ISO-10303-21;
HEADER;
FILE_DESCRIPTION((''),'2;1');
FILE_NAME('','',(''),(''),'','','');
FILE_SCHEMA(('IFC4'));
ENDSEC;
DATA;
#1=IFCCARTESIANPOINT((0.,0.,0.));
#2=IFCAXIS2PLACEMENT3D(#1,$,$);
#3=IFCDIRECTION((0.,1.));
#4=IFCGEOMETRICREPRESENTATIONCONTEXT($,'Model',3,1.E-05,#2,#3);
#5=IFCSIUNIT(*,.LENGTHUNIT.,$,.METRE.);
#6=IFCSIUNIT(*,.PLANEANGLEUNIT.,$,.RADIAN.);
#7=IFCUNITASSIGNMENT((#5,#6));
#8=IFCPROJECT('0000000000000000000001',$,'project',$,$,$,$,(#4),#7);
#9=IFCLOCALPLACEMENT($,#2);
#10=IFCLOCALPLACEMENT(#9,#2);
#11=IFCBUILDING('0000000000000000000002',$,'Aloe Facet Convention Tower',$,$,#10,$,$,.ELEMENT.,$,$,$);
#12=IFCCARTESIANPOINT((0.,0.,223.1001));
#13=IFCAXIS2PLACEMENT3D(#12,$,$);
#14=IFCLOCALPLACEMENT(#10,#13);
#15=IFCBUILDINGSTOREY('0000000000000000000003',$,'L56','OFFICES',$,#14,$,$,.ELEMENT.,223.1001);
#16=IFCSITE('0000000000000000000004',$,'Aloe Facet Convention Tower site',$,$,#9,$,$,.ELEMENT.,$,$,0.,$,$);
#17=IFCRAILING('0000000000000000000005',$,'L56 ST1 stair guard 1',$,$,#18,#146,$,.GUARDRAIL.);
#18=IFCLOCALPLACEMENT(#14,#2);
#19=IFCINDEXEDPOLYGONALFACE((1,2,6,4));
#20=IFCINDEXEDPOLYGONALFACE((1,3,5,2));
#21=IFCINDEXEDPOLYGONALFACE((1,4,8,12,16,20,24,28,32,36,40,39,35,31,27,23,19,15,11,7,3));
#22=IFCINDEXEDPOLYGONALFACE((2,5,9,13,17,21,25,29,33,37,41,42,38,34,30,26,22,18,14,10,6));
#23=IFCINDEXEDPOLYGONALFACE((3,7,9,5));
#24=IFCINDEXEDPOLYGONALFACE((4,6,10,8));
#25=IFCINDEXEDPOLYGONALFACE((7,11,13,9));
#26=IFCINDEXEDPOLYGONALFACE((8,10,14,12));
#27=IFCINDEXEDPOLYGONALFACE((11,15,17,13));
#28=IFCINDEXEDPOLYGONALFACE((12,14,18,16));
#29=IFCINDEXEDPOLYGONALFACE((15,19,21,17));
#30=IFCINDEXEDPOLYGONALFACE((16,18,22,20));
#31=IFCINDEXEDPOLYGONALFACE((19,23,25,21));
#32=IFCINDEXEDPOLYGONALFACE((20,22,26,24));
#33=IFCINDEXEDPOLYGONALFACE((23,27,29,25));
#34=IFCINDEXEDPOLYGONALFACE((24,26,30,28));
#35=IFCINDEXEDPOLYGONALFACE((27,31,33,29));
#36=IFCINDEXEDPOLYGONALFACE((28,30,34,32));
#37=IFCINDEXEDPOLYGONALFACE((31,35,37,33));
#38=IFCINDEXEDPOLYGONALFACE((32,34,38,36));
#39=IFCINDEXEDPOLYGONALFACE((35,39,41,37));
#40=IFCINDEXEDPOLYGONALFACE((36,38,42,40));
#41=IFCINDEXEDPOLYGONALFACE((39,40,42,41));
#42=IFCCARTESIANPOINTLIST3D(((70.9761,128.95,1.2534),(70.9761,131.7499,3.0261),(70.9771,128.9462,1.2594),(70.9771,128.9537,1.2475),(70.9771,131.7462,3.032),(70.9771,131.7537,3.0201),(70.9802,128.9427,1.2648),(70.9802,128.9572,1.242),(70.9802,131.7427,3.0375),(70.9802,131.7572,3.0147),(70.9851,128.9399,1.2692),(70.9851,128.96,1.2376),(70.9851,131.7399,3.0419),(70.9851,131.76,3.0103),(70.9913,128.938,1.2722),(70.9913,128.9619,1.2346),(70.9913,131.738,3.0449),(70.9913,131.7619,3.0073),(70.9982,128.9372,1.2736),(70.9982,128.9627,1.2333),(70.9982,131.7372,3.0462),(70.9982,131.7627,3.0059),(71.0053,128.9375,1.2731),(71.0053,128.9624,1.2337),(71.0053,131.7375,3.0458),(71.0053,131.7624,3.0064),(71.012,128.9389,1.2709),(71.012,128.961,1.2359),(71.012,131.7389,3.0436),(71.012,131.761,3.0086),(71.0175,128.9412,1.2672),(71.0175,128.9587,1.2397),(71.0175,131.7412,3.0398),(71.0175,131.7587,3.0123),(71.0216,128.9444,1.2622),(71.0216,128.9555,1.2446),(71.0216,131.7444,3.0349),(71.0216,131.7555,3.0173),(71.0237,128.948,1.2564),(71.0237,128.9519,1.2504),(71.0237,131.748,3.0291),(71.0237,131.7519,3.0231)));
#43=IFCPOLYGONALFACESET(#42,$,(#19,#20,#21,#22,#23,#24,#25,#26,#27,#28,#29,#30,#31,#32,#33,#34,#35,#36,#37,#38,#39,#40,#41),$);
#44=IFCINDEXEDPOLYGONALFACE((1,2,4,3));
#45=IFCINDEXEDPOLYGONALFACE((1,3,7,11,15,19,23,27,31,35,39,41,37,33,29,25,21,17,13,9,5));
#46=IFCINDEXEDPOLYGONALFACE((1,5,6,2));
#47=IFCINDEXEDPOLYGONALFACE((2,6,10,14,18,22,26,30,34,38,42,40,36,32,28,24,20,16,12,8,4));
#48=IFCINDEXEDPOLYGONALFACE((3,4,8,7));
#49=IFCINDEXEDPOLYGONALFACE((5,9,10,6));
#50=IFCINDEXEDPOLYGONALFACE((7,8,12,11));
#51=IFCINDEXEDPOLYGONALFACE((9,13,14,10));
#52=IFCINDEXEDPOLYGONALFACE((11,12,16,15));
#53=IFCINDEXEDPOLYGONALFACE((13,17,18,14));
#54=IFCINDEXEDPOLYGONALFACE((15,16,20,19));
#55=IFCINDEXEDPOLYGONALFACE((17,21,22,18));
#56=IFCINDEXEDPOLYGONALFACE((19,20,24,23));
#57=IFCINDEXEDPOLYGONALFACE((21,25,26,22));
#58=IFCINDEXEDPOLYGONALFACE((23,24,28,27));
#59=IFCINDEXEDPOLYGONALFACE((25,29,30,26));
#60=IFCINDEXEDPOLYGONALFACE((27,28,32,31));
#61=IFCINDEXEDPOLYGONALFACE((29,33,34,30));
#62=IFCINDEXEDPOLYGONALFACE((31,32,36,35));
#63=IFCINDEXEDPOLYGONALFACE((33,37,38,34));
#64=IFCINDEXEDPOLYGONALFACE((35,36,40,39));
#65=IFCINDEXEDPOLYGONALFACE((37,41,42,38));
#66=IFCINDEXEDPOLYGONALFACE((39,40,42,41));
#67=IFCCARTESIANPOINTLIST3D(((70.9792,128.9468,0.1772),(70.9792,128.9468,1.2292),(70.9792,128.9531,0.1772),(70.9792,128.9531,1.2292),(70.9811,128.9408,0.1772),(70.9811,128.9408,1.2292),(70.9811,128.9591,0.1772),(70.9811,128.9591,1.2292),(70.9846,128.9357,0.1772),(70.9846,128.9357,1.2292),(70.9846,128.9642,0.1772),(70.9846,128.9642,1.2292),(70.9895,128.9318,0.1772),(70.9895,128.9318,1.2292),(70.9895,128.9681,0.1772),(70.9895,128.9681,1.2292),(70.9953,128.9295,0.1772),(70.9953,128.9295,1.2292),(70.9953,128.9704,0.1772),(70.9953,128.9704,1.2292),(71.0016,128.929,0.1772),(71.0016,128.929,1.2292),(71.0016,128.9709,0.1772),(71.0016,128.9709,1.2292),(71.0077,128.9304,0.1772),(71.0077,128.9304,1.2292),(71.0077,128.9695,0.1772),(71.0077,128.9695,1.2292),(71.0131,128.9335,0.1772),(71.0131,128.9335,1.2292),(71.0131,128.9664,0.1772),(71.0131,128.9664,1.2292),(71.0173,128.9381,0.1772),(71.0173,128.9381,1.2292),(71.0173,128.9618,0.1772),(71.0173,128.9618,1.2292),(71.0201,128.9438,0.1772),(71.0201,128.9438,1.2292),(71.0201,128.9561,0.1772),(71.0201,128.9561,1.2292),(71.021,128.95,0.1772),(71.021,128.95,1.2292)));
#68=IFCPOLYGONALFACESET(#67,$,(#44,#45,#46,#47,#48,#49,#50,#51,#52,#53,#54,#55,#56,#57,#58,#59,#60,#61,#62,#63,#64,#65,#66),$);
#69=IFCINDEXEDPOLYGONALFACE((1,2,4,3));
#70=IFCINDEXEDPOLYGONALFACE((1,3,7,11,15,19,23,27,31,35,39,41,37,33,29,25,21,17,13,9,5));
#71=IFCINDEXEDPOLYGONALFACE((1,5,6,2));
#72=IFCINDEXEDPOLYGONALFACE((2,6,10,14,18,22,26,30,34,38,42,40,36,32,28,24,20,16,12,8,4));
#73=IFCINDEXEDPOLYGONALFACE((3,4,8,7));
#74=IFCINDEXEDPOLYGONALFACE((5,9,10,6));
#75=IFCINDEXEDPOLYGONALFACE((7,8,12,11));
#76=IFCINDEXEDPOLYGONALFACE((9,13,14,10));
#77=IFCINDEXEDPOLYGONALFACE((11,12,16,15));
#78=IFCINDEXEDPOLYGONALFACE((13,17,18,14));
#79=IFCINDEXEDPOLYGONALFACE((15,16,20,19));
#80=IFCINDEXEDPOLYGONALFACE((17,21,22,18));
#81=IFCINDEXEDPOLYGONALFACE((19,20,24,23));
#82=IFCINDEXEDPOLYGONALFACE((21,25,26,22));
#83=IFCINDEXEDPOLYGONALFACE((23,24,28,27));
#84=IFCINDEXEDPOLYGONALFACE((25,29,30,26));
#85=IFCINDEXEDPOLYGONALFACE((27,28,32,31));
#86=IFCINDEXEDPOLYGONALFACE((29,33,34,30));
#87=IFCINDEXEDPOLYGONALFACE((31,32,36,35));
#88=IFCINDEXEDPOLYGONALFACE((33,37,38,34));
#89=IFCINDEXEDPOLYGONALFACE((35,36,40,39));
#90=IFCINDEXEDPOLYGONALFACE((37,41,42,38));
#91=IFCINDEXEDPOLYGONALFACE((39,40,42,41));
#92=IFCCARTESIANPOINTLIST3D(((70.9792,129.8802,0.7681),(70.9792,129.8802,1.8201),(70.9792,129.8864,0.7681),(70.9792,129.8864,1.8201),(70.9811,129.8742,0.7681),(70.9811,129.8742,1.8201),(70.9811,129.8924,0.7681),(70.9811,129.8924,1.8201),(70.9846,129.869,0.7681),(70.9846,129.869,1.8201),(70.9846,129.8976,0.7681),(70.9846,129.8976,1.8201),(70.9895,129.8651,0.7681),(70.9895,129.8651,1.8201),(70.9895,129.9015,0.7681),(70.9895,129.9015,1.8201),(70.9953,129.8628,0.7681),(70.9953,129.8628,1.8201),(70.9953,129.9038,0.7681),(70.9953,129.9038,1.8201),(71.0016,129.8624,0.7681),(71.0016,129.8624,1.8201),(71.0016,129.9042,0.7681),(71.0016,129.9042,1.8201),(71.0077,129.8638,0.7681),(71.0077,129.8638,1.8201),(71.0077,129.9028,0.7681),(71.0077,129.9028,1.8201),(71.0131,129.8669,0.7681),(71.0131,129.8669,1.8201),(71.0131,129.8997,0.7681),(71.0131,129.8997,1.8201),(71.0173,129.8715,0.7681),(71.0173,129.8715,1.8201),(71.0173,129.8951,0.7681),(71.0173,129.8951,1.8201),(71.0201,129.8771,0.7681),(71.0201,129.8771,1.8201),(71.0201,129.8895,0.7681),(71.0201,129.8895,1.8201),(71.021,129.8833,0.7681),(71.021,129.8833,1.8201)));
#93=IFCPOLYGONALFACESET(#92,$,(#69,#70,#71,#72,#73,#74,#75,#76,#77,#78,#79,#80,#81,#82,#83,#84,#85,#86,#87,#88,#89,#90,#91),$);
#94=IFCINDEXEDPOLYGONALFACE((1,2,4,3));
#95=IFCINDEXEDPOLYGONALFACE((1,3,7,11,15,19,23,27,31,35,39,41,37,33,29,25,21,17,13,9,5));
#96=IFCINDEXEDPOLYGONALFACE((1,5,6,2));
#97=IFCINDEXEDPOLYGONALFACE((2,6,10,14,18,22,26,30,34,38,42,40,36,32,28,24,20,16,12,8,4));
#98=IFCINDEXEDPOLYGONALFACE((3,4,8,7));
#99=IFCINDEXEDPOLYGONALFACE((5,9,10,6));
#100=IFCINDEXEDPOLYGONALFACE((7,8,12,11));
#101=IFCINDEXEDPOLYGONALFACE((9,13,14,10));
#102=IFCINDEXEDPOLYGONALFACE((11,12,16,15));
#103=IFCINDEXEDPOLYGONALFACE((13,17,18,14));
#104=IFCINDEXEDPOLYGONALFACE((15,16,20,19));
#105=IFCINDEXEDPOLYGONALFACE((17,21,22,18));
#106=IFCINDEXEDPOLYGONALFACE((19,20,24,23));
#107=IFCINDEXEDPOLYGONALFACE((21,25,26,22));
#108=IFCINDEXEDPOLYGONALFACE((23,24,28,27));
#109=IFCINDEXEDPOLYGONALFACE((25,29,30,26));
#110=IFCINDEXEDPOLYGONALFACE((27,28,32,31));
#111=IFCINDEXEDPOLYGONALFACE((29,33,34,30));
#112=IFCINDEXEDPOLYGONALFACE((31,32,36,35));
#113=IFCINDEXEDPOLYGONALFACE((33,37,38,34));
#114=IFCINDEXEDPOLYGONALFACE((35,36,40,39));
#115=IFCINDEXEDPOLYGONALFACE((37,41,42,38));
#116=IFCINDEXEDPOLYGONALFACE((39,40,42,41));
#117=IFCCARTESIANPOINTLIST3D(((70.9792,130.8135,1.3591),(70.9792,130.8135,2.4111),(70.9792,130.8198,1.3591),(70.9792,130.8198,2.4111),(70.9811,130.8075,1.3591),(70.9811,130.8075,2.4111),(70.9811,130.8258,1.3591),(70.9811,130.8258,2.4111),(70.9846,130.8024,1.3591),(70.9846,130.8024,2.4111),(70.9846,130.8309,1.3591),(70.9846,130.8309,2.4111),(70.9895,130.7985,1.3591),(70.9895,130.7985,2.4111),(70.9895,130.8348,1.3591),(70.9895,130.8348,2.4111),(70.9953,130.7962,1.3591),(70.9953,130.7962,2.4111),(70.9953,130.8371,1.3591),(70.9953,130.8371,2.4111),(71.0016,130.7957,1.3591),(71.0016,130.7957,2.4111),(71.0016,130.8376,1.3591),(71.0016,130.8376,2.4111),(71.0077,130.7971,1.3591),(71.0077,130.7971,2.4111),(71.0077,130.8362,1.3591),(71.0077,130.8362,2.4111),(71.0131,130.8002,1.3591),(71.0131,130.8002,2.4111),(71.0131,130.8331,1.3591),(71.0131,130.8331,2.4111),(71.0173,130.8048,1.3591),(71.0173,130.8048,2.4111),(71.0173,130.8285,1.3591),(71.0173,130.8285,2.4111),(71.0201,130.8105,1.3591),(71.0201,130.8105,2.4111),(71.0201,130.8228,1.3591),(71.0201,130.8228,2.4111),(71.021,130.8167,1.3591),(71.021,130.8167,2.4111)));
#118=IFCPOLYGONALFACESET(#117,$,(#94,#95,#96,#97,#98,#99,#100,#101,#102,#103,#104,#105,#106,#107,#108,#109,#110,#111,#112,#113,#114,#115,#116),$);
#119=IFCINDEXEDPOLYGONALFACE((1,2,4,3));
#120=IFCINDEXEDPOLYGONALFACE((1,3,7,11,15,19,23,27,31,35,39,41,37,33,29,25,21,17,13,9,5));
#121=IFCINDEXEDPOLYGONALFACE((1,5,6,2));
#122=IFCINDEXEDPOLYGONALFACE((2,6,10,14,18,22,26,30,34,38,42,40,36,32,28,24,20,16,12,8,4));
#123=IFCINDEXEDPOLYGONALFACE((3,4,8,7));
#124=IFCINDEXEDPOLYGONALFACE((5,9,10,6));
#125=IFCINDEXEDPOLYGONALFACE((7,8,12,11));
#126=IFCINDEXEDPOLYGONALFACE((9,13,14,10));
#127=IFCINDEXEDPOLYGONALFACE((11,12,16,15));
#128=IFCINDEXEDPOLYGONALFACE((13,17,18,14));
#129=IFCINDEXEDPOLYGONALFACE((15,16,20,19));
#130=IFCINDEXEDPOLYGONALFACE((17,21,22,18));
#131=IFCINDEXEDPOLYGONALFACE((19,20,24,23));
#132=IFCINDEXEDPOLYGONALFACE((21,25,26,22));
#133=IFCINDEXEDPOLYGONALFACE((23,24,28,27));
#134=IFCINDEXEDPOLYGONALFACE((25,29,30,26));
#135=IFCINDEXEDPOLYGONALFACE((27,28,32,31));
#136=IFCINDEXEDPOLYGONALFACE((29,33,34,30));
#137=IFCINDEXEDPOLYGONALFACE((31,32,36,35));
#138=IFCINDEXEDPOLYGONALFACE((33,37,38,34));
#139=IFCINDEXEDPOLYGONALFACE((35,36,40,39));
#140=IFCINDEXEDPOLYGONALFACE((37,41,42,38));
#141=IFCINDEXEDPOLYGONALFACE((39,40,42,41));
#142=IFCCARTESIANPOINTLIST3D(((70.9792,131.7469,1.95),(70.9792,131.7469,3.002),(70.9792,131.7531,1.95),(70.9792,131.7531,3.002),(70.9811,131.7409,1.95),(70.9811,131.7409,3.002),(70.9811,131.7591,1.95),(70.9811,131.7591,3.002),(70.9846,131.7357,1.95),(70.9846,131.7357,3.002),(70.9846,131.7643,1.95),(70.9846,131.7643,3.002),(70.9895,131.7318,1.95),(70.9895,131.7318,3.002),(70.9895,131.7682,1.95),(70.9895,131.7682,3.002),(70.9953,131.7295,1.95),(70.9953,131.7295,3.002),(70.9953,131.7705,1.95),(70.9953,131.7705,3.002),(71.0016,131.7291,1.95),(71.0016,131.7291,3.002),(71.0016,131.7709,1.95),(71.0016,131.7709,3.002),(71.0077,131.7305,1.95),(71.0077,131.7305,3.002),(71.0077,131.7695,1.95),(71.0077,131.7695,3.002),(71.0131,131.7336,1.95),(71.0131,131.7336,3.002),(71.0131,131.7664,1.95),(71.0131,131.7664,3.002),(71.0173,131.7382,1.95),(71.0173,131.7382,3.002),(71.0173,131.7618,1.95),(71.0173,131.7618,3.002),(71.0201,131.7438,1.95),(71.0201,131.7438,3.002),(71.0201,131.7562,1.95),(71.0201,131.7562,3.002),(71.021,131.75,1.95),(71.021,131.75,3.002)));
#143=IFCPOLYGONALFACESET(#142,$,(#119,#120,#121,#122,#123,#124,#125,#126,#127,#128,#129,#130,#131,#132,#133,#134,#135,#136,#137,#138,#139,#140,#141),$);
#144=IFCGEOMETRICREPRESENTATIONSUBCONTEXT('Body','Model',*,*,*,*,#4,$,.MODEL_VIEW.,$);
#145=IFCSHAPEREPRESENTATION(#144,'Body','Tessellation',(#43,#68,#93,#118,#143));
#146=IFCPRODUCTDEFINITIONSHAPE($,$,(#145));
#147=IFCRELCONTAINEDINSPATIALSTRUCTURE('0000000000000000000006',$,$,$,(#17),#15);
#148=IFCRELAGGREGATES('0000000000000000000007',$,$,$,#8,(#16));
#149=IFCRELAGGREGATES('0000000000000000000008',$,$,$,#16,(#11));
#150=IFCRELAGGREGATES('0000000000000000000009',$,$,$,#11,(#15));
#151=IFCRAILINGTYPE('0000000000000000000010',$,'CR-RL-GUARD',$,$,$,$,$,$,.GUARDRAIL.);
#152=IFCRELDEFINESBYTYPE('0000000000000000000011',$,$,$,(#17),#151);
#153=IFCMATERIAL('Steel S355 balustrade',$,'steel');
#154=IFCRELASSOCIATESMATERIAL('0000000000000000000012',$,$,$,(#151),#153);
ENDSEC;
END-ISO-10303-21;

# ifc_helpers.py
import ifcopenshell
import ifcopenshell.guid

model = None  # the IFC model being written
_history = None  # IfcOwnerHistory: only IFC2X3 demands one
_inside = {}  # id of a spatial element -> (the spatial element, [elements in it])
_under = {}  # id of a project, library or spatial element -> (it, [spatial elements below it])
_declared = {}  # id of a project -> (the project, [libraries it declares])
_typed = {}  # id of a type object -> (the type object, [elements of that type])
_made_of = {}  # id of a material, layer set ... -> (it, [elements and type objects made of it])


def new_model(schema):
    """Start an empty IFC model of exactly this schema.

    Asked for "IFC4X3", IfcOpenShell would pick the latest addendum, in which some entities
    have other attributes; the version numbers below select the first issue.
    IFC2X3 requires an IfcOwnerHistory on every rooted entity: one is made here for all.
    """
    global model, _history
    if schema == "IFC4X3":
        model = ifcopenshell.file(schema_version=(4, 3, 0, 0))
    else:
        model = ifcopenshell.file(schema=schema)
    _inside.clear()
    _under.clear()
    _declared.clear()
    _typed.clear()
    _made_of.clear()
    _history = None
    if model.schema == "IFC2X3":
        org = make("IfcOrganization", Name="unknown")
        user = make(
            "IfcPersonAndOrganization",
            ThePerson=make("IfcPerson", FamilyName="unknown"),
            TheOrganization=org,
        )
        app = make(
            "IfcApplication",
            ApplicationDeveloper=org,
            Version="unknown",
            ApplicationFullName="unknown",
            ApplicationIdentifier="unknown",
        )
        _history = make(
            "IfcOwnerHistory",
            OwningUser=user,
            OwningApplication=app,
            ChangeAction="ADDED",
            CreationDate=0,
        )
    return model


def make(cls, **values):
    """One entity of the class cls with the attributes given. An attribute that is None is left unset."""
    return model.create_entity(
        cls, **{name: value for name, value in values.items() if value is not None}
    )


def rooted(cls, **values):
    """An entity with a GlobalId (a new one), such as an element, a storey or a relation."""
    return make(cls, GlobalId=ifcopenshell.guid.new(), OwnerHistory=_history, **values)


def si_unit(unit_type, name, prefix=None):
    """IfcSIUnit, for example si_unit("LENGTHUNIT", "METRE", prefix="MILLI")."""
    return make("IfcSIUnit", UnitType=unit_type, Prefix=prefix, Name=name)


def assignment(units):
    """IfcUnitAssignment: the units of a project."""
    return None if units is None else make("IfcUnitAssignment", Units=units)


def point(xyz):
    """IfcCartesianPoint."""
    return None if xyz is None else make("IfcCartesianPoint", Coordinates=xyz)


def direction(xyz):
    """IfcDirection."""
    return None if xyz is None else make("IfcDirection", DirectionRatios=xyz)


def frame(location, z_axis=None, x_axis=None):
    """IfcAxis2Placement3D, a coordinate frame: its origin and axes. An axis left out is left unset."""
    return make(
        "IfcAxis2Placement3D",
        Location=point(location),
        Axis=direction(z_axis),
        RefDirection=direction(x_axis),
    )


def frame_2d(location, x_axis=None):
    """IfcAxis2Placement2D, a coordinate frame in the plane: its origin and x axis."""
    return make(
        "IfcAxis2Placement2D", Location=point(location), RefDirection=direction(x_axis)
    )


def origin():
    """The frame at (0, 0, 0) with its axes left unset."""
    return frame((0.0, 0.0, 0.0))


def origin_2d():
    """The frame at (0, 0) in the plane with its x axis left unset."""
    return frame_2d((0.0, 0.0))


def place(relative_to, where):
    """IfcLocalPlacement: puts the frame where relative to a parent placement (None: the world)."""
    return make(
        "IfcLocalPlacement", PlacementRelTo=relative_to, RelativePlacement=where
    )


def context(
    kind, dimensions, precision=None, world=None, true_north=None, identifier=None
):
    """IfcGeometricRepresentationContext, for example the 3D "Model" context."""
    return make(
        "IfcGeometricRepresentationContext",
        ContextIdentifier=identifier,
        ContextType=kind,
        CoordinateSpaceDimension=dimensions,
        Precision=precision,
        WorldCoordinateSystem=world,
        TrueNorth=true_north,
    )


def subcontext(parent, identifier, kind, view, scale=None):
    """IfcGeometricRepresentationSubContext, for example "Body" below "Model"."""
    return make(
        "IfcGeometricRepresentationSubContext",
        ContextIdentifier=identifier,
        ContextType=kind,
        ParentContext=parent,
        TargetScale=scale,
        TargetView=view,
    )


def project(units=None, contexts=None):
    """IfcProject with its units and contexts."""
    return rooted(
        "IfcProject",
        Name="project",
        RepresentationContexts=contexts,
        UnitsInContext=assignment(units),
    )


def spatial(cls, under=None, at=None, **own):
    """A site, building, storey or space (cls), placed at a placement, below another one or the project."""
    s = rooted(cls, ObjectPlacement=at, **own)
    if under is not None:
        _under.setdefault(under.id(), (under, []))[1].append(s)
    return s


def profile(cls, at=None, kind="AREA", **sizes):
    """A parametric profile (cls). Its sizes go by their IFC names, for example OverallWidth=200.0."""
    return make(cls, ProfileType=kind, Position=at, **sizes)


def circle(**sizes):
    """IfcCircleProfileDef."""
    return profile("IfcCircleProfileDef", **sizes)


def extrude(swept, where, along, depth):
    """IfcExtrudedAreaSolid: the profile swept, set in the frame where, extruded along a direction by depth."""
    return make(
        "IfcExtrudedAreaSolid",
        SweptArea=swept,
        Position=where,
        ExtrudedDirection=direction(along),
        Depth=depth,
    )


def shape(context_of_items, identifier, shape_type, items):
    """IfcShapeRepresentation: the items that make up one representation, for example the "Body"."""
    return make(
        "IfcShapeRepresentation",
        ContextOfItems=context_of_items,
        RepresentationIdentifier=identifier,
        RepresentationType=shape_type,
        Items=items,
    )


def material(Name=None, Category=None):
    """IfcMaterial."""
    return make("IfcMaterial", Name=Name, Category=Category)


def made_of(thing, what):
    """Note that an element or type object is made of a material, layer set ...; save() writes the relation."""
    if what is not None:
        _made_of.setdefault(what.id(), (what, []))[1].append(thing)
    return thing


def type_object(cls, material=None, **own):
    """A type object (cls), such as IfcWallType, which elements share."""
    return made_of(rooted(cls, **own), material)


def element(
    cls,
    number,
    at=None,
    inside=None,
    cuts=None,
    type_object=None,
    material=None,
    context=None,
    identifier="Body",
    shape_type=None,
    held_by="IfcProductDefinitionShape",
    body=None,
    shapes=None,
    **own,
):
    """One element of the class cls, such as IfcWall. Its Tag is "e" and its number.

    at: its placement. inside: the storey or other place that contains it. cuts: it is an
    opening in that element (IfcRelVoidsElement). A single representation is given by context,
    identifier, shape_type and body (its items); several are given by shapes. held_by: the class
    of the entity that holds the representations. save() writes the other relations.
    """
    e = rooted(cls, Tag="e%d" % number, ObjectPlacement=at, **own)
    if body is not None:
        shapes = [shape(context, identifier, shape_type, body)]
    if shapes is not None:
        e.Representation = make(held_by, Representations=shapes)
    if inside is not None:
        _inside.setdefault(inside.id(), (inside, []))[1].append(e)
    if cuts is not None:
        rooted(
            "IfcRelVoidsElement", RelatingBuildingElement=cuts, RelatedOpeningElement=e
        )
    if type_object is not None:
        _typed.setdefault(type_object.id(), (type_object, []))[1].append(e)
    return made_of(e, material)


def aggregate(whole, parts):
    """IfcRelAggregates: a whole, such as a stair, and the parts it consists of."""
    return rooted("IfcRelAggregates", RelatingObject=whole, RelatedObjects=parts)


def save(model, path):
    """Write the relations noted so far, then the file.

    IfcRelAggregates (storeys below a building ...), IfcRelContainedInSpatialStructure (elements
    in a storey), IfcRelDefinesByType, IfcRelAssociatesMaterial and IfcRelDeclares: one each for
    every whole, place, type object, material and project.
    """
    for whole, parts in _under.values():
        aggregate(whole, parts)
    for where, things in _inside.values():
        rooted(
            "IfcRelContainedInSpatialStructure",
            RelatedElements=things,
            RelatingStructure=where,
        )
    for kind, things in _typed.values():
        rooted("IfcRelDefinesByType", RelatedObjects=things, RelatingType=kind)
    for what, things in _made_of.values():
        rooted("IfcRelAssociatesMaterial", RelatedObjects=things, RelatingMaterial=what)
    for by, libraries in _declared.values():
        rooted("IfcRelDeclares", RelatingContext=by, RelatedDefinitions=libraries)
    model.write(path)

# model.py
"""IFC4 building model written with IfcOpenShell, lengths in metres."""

from ifc_helpers import new_model, si_unit, direction, frame, origin, origin_2d, place, context, subcontext, project, spatial, circle, extrude, material, type_object, element, save


model = new_model("IFC4")

# Units and contexts
model_context = context("Model", 3, precision=1e-05, world=origin(), true_north=direction((0.0, 1.0)))
body_context = subcontext(model_context, "Body", "Model", "MODEL_VIEW")
ifc_project = project(units=[si_unit("LENGTHUNIT", "METRE"), si_unit("PLANEANGLEUNIT", "RADIAN")], contexts=[model_context])

# Site, building, storey
site_placement = place(None, origin())
site = spatial("IfcSite", under=ifc_project, at=site_placement, Name="Aloe Facet Convention Tower site", CompositionType="ELEMENT", RefElevation=0.0)
building_placement = place(site_placement, origin())
building = spatial("IfcBuilding", under=site, at=building_placement, Name="Aloe Facet Convention Tower", CompositionType="ELEMENT")
storey_placement = place(building_placement, frame((0.0, 0.0, 223.1001)))
storey = spatial("IfcBuildingStorey", under=building, at=storey_placement, Name="L56", Description="OFFICES", CompositionType="ELEMENT", Elevation=223.1001)

# Railing
ifc_material_1 = material(Name="Steel S355 balustrade", Category="steel")
railing_type_1 = type_object("IfcRailingType", Name="CR-RL-GUARD", PredefinedType="GUARDRAIL", material=ifc_material_1)
railing_1_placement = place(storey_placement, frame((71.0, 128.95, 0.1772)))
element("IfcRailing", 1, at=railing_1_placement, inside=storey, type_object=railing_type_1, Name="L56 ST1 stair guard 1", PredefinedType="GUARDRAIL", context=body_context, shape_type="SweptSolid", body=[
    extrude(circle(Radius=0.0239, at=origin_2d()), frame((0.0, 0.0, 1.0762), z_axis=(0.0, 0.844909, 0.53491), x_axis=(-1.0, 0.0, 0.0)), (0.0, 0.0, 1.0), 3.314),
    extrude(circle(Radius=0.021, at=origin_2d()), origin(), (0.0, 0.0, 1.0), 1.052),
    extrude(circle(Radius=0.021, at=origin_2d()), frame((0.0, 0.9333, 0.5908)), (0.0, 0.0, 1.0), 1.052),
    extrude(circle(Radius=0.021, at=origin_2d()), frame((0.0, 1.8667, 1.1819)), (0.0, 0.0, 1.0), 1.052),
    extrude(circle(Radius=0.021, at=origin_2d()), frame((0.0, 2.8, 1.7727)), (0.0, 0.0, 1.0), 1.052),
])

save(model, "model.ifc")
